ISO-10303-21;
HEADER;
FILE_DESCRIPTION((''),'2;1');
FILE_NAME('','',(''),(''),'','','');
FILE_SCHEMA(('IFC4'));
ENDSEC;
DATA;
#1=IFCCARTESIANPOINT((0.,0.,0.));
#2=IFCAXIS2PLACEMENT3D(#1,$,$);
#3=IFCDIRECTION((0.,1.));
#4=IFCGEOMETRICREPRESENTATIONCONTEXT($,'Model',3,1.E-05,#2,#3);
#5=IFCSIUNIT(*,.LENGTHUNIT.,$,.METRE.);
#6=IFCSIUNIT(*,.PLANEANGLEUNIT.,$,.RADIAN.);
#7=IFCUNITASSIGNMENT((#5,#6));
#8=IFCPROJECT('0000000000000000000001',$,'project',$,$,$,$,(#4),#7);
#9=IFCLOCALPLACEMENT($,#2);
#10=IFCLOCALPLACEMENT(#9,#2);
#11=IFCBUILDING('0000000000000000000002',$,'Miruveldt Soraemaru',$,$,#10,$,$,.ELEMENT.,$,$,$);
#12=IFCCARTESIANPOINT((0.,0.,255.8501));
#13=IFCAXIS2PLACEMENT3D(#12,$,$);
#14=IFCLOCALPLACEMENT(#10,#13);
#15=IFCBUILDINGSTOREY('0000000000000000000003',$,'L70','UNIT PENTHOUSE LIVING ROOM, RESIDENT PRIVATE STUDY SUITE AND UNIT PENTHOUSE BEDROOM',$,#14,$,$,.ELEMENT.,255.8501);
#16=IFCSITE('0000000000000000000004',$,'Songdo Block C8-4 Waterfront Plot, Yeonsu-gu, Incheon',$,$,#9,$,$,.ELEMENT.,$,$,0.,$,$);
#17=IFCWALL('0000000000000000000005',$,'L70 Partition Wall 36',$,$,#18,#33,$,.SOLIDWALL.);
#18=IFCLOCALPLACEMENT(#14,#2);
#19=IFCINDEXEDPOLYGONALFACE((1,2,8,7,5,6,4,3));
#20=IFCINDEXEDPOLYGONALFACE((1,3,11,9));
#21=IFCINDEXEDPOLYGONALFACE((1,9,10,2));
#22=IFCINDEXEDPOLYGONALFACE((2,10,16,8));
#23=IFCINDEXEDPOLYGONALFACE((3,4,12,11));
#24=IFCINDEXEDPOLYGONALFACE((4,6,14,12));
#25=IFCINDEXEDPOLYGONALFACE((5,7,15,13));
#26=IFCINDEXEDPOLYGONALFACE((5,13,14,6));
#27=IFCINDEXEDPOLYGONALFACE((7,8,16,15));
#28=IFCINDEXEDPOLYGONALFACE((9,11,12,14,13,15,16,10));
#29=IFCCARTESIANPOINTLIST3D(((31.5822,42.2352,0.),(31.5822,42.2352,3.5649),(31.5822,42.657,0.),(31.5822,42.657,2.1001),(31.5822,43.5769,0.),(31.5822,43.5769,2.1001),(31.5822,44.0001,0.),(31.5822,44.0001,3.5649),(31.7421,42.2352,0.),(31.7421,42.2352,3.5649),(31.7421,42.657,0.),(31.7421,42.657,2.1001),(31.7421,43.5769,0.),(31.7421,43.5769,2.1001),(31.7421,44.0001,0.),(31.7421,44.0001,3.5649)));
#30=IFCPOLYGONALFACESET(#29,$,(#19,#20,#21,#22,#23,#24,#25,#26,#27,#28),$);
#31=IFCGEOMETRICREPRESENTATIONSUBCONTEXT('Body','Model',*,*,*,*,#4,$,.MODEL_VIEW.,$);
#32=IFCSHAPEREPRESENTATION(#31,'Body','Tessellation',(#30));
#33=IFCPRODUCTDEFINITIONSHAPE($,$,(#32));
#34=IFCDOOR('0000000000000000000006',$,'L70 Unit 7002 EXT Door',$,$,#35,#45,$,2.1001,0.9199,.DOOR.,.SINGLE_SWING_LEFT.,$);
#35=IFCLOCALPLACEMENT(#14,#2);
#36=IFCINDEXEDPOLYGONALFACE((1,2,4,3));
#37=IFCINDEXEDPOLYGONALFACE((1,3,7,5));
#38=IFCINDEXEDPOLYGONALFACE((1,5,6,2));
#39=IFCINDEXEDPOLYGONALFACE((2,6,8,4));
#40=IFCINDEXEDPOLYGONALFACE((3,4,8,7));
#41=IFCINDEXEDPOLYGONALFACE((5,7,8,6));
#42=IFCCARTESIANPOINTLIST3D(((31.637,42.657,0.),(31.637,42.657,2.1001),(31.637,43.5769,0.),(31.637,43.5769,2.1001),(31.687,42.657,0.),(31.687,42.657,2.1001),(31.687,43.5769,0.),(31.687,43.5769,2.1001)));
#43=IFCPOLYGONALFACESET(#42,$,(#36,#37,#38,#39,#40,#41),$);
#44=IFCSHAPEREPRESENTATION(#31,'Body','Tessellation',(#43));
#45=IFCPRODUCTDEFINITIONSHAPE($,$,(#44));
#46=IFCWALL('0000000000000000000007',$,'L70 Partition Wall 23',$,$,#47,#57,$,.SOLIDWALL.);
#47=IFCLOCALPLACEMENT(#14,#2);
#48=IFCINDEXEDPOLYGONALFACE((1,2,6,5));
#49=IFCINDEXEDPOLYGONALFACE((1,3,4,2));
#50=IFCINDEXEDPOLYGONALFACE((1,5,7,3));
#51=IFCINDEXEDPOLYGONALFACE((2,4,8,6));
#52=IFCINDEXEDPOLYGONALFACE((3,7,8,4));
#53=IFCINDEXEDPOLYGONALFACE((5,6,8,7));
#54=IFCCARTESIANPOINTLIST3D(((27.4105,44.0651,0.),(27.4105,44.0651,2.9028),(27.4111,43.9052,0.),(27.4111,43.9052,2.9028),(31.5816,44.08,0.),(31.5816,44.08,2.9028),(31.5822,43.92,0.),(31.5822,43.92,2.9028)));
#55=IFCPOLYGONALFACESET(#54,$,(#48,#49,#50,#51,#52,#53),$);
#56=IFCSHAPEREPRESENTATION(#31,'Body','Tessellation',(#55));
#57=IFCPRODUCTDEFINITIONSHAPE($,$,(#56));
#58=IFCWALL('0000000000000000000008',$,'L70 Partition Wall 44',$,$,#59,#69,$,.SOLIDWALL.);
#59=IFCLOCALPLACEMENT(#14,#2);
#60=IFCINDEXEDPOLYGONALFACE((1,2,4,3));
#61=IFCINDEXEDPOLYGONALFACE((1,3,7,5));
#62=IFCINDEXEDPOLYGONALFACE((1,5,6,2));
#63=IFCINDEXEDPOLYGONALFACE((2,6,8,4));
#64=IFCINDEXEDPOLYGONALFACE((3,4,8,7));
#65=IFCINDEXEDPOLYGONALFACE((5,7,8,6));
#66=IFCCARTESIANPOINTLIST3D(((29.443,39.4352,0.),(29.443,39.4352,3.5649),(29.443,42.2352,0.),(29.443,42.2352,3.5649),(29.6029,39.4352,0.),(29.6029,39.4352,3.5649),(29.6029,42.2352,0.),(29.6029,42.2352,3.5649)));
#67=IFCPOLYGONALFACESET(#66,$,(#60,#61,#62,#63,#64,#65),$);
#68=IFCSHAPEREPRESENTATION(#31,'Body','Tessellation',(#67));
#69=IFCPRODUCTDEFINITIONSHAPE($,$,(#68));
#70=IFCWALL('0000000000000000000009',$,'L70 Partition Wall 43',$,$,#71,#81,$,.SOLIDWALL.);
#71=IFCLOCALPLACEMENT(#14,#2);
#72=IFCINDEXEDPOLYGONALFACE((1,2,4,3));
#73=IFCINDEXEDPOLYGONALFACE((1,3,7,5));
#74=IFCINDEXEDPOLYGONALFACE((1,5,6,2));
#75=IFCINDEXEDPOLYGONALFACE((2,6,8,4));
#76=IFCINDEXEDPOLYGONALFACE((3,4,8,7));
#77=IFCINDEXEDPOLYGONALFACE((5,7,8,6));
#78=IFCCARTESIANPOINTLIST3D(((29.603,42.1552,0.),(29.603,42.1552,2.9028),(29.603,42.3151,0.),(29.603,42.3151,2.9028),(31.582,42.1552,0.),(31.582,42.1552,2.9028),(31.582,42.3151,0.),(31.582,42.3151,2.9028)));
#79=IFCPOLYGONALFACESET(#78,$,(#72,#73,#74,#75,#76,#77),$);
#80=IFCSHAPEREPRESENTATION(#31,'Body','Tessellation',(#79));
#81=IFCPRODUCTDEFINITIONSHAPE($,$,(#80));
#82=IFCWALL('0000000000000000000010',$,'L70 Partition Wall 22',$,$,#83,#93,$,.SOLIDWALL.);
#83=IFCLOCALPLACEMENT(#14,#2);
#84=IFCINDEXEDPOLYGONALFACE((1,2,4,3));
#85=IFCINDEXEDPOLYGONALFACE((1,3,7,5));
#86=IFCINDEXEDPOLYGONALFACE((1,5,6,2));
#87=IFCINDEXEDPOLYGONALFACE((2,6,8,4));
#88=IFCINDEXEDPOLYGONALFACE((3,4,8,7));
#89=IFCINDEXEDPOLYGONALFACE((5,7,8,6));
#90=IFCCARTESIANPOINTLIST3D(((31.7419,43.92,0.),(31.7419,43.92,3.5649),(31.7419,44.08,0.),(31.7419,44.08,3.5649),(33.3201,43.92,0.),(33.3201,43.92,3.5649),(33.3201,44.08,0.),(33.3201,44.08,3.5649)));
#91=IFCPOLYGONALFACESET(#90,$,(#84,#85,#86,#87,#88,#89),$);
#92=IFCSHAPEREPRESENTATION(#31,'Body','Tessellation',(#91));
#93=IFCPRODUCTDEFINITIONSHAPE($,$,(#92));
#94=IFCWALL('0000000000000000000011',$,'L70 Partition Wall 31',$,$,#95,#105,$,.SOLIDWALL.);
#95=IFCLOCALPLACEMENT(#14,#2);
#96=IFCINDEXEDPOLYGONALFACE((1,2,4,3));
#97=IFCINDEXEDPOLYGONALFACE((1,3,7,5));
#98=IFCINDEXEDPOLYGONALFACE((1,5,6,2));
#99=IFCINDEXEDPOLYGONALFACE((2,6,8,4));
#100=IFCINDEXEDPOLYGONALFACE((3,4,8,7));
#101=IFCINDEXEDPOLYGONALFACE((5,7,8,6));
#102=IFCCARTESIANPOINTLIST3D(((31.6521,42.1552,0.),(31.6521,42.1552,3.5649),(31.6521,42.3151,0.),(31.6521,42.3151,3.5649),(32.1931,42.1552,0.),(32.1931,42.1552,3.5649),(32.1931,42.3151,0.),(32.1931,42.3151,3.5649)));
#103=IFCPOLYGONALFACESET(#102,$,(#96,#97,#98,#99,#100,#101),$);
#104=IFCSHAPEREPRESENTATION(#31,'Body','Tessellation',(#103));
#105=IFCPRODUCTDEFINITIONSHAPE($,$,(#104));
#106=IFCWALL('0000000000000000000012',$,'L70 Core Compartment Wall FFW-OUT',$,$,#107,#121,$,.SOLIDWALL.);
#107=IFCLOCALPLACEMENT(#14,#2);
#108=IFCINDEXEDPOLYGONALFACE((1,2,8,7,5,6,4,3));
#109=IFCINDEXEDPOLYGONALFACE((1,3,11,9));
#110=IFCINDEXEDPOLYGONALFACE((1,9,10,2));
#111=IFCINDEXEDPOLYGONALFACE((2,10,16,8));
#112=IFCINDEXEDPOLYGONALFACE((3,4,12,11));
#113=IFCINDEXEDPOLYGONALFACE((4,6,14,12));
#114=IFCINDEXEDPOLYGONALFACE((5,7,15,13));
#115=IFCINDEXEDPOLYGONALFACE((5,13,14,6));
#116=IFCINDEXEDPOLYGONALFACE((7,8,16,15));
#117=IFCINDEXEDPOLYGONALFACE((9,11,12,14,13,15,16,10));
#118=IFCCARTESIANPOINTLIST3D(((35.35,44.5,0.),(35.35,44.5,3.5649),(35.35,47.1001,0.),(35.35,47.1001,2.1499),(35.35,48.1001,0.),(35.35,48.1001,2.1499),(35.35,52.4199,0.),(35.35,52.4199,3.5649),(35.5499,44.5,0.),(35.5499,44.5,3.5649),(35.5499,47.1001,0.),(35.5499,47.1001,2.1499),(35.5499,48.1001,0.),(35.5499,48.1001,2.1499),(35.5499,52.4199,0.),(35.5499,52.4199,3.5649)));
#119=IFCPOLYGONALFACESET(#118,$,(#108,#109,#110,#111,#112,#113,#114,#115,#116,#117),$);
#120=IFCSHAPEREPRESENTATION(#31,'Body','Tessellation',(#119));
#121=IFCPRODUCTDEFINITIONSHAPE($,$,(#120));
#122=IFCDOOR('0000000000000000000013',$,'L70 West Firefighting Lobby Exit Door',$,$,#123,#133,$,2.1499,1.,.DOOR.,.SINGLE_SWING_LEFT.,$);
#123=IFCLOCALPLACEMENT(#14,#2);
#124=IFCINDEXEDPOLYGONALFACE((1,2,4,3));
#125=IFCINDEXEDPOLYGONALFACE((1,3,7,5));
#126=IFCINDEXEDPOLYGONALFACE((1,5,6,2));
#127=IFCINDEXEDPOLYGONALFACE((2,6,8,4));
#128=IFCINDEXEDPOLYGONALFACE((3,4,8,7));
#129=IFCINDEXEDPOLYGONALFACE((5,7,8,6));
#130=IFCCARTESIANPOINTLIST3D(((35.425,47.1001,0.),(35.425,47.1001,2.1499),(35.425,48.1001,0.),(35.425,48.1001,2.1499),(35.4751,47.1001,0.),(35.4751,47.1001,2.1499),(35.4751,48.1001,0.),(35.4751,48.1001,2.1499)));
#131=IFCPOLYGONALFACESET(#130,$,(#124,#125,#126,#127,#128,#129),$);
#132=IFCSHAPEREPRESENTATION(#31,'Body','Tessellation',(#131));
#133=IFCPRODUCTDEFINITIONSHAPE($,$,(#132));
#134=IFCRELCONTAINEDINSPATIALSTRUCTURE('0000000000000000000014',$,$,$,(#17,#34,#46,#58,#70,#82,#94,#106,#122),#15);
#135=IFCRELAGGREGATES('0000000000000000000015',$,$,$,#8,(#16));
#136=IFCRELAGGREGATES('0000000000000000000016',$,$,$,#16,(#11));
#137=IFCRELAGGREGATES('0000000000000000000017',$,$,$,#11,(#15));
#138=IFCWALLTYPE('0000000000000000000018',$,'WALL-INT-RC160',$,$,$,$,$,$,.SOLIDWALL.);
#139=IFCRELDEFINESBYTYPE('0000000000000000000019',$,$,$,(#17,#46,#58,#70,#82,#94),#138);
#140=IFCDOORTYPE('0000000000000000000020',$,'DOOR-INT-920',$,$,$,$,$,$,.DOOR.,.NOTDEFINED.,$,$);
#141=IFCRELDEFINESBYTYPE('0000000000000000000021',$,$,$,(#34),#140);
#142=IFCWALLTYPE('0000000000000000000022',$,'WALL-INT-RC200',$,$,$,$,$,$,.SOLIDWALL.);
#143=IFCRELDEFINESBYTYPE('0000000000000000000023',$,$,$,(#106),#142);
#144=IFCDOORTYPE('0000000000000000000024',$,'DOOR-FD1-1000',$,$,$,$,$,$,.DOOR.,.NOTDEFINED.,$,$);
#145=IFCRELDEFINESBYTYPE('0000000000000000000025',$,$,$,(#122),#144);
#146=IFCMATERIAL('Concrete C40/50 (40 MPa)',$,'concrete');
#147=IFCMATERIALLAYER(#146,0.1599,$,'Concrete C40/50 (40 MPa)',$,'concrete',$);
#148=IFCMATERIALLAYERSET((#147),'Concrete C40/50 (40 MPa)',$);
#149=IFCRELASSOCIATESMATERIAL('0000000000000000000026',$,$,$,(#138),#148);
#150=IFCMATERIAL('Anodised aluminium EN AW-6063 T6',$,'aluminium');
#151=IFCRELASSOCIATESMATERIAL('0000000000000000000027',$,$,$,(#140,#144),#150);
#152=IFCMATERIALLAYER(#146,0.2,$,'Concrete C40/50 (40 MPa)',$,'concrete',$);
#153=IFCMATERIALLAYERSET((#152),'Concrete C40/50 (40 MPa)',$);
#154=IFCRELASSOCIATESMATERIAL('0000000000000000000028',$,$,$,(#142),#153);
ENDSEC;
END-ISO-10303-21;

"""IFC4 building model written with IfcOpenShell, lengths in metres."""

from ifc_helpers import new_model, si_unit, direction, frame, frame_2d, origin, place, context, subcontext, project, spatial, rectangle, extrude, material, layer, layer_set, type_object, element, fill, save


model = new_model("IFC4")

# Units and contexts
model_context = context("Model", 3, precision=1e-05, world=origin(), true_north=direction((0.0, 1.0)))
body_context = subcontext(model_context, "Body", "Model", "MODEL_VIEW")
ifc_project = project(units=[si_unit("LENGTHUNIT", "METRE"), si_unit("PLANEANGLEUNIT", "RADIAN")], contexts=[model_context])

# Site, building, storey
site_placement = place(None, origin())
site = spatial("IfcSite", under=ifc_project, at=site_placement, Name="Songdo Block C8-4 Waterfront Plot, Yeonsu-gu, Incheon", CompositionType="ELEMENT", RefElevation=0.0)
building_placement = place(site_placement, origin())
building = spatial("IfcBuilding", under=site, at=building_placement, Name="Miruveldt Soraemaru", CompositionType="ELEMENT")
storey_placement = place(building_placement, frame((0.0, 0.0, 255.8501)))
storey = spatial("IfcBuildingStorey", under=building, at=storey_placement, Name="L70", Description="UNIT PENTHOUSE LIVING ROOM, RESIDENT PRIVATE STUDY SUITE AND UNIT PENTHOUSE BEDROOM", CompositionType="ELEMENT", Elevation=255.8501)

# Shared definitions
ifc_material_1 = material(Name="Anodised aluminium EN AW-6063 T6", Category="aluminium")

# Wall, opening, door
ifc_material_2 = material(Name="Concrete C40/50 (40 MPa)", Category="concrete")
ifc_layer_1 = layer(ifc_material_2, 0.1599, Name="Concrete C40/50 (40 MPa)", Category="concrete")
ifc_layer_set_1 = layer_set([ifc_layer_1], Name="Concrete C40/50 (40 MPa)")
wall_type_1 = type_object("IfcWallType", Name="WALL-INT-RC160", PredefinedType="SOLIDWALL", material=ifc_layer_set_1)
wall_1_placement = place(storey_placement, frame((31.6621, 44.0, 0.0), z_axis=(0.0, 0.0, 1.0), x_axis=(0.0, -1.0, 0.0)))
wall_1 = element("IfcWall", 1, at=wall_1_placement, inside=storey, type_object=wall_type_1, Name="L70 Partition Wall 36", PredefinedType="SOLIDWALL", context=body_context, shape_type="SweptSolid", body=[
    extrude(rectangle(XDim=1.7649, YDim=0.1599, at=frame_2d((0.8823, 0.0))), origin(), (0.0, 0.0, 1.0), 3.5649),
])
opening_1_placement = place(wall_1_placement, frame((0.4231, 0.0, 0.0)))
opening_1 = element("IfcOpeningElement", 2, at=opening_1_placement, cuts=wall_1, PredefinedType="OPENING", context=body_context, shape_type="SweptSolid", body=[
    extrude(rectangle(XDim=0.9199, YDim=2.1001, at=frame_2d((0.46, 1.05))), frame((0.0, 0.0898, 0.0), z_axis=(0.0, -1.0, 0.0), x_axis=(1.0, 0.0, 0.0)), (0.0, 0.0, 1.0), 0.1799),
])
door_type_1 = type_object("IfcDoorType", Name="DOOR-INT-920", OperationType="NOTDEFINED", PredefinedType="DOOR", material=ifc_material_1)
door_1_placement = place(opening_1_placement, origin())
door_1 = element("IfcDoor", 3, at=door_1_placement, inside=storey, type_object=door_type_1, Name="L70 Unit 7002 EXT Door", OperationType="SINGLE_SWING_LEFT", OverallHeight=2.1001, OverallWidth=0.9199, PredefinedType="DOOR", context=body_context, shape_type="SweptSolid", body=[
    extrude(rectangle(XDim=0.9199, YDim=2.1001, at=frame_2d((0.46, 1.05))), frame((0.0, 0.0249, 0.0), z_axis=(0.0, -1.0, 0.0), x_axis=(1.0, 0.0, 0.0)), (0.0, 0.0, 1.0), 0.05),
])
fill(opening_1, door_1)

# Walls
wall_2_placement = place(storey_placement, frame((27.4109, 43.9851, 0.0), z_axis=(0.0, 0.0, 1.0), x_axis=(0.999994, 0.00357, 0.0)))
element("IfcWall", 4, at=wall_2_placement, inside=storey, type_object=wall_type_1, Name="L70 Partition Wall 23", PredefinedType="SOLIDWALL", context=body_context, shape_type="SweptSolid", body=[
    extrude(rectangle(XDim=4.1711, YDim=0.1599, at=frame_2d((2.0854, 0.0))), origin(), (0.0, 0.0, 1.0), 2.9028),
])
wall_3_placement = place(storey_placement, frame((29.5229, 42.2351, 0.0), z_axis=(0.0, 0.0, 1.0), x_axis=(0.0, -1.0, 0.0)))
element("IfcWall", 5, at=wall_3_placement, inside=storey, type_object=wall_type_1, Name="L70 Partition Wall 44", PredefinedType="SOLIDWALL", context=body_context, shape_type="SweptSolid", body=[
    extrude(rectangle(XDim=2.8, YDim=0.1599, at=frame_2d((1.3999, 0.0))), origin(), (0.0, 0.0, 1.0), 3.5649),
])
wall_4_placement = place(storey_placement, frame((31.582, 42.2351, 0.0), z_axis=(0.0, 0.0, 1.0), x_axis=(-1.0, 0.0, 0.0)))
element("IfcWall", 6, at=wall_4_placement, inside=storey, type_object=wall_type_1, Name="L70 Partition Wall 43", PredefinedType="SOLIDWALL", context=body_context, shape_type="SweptSolid", body=[
    extrude(rectangle(XDim=1.979, YDim=0.1599, at=frame_2d((0.9895, 0.0))), origin(), (0.0, 0.0, 1.0), 2.9028),
])
wall_5_placement = place(storey_placement, frame((31.7419, 44.0, 0.0), z_axis=(0.0, 0.0, 1.0), x_axis=(1.0, 0.0, 0.0)))
element("IfcWall", 7, at=wall_5_placement, inside=storey, type_object=wall_type_1, Name="L70 Partition Wall 22", PredefinedType="SOLIDWALL", context=body_context, shape_type="SweptSolid", body=[
    extrude(rectangle(XDim=1.5781, YDim=0.1599, at=frame_2d((0.7891, 0.0))), origin(), (0.0, 0.0, 1.0), 3.5649),
])
wall_6_placement = place(storey_placement, frame((32.1931, 42.2351, 0.0), z_axis=(0.0, 0.0, 1.0), x_axis=(-1.0, 0.0, 0.0)))
element("IfcWall", 8, at=wall_6_placement, inside=storey, type_object=wall_type_1, Name="L70 Partition Wall 31", PredefinedType="SOLIDWALL", context=body_context, shape_type="SweptSolid", body=[
    extrude(rectangle(XDim=0.541, YDim=0.1599, at=frame_2d((0.2705, 0.0))), origin(), (0.0, 0.0, 1.0), 3.5649),
])

# Wall, opening, door
ifc_layer_2 = layer(ifc_material_2, 0.2, Name="Concrete C40/50 (40 MPa)", Category="concrete")
ifc_layer_set_2 = layer_set([ifc_layer_2], Name="Concrete C40/50 (40 MPa)")
wall_type_2 = type_object("IfcWallType", Name="WALL-INT-RC200", PredefinedType="SOLIDWALL", material=ifc_layer_set_2)
wall_7_placement = place(storey_placement, frame((35.45, 44.5, 0.0), z_axis=(0.0, 0.0, 1.0), x_axis=(0.0, 1.0, 0.0)))
wall_7 = element("IfcWall", 9, at=wall_7_placement, inside=storey, type_object=wall_type_2, Name="L70 Core Compartment Wall FFW-OUT", PredefinedType="SOLIDWALL", context=body_context, shape_type="SweptSolid", body=[
    extrude(rectangle(XDim=7.9199, YDim=0.2, at=frame_2d((3.96, 0.0))), origin(), (0.0, 0.0, 1.0), 3.5649),
])
opening_2_placement = place(wall_7_placement, frame((2.6001, 0.0, 0.0)))
opening_2 = element("IfcOpeningElement", 10, at=opening_2_placement, cuts=wall_7, PredefinedType="OPENING", context=body_context, shape_type="SweptSolid", body=[
    extrude(rectangle(XDim=1.0, YDim=2.1499, at=frame_2d((0.5, 1.075))), frame((0.0, 0.1099, 0.0), z_axis=(0.0, -1.0, 0.0), x_axis=(1.0, 0.0, 0.0)), (0.0, 0.0, 1.0), 0.22),
])
door_type_2 = type_object("IfcDoorType", Name="DOOR-FD1-1000", OperationType="NOTDEFINED", PredefinedType="DOOR", material=ifc_material_1)
door_2_placement = place(opening_2_placement, origin())
door_2 = element("IfcDoor", 11, at=door_2_placement, inside=storey, type_object=door_type_2, Name="L70 West Firefighting Lobby Exit Door", OperationType="SINGLE_SWING_LEFT", OverallHeight=2.1499, OverallWidth=1.0, PredefinedType="DOOR", context=body_context, shape_type="SweptSolid", body=[
    extrude(rectangle(XDim=1.0, YDim=2.1499, at=frame_2d((0.5, 1.075))), frame((0.0, 0.0249, 0.0), z_axis=(0.0, -1.0, 0.0), x_axis=(1.0, 0.0, 0.0)), (0.0, 0.0, 1.0), 0.05),
])
fill(opening_2, door_2)

save(model, "model.ifc")
